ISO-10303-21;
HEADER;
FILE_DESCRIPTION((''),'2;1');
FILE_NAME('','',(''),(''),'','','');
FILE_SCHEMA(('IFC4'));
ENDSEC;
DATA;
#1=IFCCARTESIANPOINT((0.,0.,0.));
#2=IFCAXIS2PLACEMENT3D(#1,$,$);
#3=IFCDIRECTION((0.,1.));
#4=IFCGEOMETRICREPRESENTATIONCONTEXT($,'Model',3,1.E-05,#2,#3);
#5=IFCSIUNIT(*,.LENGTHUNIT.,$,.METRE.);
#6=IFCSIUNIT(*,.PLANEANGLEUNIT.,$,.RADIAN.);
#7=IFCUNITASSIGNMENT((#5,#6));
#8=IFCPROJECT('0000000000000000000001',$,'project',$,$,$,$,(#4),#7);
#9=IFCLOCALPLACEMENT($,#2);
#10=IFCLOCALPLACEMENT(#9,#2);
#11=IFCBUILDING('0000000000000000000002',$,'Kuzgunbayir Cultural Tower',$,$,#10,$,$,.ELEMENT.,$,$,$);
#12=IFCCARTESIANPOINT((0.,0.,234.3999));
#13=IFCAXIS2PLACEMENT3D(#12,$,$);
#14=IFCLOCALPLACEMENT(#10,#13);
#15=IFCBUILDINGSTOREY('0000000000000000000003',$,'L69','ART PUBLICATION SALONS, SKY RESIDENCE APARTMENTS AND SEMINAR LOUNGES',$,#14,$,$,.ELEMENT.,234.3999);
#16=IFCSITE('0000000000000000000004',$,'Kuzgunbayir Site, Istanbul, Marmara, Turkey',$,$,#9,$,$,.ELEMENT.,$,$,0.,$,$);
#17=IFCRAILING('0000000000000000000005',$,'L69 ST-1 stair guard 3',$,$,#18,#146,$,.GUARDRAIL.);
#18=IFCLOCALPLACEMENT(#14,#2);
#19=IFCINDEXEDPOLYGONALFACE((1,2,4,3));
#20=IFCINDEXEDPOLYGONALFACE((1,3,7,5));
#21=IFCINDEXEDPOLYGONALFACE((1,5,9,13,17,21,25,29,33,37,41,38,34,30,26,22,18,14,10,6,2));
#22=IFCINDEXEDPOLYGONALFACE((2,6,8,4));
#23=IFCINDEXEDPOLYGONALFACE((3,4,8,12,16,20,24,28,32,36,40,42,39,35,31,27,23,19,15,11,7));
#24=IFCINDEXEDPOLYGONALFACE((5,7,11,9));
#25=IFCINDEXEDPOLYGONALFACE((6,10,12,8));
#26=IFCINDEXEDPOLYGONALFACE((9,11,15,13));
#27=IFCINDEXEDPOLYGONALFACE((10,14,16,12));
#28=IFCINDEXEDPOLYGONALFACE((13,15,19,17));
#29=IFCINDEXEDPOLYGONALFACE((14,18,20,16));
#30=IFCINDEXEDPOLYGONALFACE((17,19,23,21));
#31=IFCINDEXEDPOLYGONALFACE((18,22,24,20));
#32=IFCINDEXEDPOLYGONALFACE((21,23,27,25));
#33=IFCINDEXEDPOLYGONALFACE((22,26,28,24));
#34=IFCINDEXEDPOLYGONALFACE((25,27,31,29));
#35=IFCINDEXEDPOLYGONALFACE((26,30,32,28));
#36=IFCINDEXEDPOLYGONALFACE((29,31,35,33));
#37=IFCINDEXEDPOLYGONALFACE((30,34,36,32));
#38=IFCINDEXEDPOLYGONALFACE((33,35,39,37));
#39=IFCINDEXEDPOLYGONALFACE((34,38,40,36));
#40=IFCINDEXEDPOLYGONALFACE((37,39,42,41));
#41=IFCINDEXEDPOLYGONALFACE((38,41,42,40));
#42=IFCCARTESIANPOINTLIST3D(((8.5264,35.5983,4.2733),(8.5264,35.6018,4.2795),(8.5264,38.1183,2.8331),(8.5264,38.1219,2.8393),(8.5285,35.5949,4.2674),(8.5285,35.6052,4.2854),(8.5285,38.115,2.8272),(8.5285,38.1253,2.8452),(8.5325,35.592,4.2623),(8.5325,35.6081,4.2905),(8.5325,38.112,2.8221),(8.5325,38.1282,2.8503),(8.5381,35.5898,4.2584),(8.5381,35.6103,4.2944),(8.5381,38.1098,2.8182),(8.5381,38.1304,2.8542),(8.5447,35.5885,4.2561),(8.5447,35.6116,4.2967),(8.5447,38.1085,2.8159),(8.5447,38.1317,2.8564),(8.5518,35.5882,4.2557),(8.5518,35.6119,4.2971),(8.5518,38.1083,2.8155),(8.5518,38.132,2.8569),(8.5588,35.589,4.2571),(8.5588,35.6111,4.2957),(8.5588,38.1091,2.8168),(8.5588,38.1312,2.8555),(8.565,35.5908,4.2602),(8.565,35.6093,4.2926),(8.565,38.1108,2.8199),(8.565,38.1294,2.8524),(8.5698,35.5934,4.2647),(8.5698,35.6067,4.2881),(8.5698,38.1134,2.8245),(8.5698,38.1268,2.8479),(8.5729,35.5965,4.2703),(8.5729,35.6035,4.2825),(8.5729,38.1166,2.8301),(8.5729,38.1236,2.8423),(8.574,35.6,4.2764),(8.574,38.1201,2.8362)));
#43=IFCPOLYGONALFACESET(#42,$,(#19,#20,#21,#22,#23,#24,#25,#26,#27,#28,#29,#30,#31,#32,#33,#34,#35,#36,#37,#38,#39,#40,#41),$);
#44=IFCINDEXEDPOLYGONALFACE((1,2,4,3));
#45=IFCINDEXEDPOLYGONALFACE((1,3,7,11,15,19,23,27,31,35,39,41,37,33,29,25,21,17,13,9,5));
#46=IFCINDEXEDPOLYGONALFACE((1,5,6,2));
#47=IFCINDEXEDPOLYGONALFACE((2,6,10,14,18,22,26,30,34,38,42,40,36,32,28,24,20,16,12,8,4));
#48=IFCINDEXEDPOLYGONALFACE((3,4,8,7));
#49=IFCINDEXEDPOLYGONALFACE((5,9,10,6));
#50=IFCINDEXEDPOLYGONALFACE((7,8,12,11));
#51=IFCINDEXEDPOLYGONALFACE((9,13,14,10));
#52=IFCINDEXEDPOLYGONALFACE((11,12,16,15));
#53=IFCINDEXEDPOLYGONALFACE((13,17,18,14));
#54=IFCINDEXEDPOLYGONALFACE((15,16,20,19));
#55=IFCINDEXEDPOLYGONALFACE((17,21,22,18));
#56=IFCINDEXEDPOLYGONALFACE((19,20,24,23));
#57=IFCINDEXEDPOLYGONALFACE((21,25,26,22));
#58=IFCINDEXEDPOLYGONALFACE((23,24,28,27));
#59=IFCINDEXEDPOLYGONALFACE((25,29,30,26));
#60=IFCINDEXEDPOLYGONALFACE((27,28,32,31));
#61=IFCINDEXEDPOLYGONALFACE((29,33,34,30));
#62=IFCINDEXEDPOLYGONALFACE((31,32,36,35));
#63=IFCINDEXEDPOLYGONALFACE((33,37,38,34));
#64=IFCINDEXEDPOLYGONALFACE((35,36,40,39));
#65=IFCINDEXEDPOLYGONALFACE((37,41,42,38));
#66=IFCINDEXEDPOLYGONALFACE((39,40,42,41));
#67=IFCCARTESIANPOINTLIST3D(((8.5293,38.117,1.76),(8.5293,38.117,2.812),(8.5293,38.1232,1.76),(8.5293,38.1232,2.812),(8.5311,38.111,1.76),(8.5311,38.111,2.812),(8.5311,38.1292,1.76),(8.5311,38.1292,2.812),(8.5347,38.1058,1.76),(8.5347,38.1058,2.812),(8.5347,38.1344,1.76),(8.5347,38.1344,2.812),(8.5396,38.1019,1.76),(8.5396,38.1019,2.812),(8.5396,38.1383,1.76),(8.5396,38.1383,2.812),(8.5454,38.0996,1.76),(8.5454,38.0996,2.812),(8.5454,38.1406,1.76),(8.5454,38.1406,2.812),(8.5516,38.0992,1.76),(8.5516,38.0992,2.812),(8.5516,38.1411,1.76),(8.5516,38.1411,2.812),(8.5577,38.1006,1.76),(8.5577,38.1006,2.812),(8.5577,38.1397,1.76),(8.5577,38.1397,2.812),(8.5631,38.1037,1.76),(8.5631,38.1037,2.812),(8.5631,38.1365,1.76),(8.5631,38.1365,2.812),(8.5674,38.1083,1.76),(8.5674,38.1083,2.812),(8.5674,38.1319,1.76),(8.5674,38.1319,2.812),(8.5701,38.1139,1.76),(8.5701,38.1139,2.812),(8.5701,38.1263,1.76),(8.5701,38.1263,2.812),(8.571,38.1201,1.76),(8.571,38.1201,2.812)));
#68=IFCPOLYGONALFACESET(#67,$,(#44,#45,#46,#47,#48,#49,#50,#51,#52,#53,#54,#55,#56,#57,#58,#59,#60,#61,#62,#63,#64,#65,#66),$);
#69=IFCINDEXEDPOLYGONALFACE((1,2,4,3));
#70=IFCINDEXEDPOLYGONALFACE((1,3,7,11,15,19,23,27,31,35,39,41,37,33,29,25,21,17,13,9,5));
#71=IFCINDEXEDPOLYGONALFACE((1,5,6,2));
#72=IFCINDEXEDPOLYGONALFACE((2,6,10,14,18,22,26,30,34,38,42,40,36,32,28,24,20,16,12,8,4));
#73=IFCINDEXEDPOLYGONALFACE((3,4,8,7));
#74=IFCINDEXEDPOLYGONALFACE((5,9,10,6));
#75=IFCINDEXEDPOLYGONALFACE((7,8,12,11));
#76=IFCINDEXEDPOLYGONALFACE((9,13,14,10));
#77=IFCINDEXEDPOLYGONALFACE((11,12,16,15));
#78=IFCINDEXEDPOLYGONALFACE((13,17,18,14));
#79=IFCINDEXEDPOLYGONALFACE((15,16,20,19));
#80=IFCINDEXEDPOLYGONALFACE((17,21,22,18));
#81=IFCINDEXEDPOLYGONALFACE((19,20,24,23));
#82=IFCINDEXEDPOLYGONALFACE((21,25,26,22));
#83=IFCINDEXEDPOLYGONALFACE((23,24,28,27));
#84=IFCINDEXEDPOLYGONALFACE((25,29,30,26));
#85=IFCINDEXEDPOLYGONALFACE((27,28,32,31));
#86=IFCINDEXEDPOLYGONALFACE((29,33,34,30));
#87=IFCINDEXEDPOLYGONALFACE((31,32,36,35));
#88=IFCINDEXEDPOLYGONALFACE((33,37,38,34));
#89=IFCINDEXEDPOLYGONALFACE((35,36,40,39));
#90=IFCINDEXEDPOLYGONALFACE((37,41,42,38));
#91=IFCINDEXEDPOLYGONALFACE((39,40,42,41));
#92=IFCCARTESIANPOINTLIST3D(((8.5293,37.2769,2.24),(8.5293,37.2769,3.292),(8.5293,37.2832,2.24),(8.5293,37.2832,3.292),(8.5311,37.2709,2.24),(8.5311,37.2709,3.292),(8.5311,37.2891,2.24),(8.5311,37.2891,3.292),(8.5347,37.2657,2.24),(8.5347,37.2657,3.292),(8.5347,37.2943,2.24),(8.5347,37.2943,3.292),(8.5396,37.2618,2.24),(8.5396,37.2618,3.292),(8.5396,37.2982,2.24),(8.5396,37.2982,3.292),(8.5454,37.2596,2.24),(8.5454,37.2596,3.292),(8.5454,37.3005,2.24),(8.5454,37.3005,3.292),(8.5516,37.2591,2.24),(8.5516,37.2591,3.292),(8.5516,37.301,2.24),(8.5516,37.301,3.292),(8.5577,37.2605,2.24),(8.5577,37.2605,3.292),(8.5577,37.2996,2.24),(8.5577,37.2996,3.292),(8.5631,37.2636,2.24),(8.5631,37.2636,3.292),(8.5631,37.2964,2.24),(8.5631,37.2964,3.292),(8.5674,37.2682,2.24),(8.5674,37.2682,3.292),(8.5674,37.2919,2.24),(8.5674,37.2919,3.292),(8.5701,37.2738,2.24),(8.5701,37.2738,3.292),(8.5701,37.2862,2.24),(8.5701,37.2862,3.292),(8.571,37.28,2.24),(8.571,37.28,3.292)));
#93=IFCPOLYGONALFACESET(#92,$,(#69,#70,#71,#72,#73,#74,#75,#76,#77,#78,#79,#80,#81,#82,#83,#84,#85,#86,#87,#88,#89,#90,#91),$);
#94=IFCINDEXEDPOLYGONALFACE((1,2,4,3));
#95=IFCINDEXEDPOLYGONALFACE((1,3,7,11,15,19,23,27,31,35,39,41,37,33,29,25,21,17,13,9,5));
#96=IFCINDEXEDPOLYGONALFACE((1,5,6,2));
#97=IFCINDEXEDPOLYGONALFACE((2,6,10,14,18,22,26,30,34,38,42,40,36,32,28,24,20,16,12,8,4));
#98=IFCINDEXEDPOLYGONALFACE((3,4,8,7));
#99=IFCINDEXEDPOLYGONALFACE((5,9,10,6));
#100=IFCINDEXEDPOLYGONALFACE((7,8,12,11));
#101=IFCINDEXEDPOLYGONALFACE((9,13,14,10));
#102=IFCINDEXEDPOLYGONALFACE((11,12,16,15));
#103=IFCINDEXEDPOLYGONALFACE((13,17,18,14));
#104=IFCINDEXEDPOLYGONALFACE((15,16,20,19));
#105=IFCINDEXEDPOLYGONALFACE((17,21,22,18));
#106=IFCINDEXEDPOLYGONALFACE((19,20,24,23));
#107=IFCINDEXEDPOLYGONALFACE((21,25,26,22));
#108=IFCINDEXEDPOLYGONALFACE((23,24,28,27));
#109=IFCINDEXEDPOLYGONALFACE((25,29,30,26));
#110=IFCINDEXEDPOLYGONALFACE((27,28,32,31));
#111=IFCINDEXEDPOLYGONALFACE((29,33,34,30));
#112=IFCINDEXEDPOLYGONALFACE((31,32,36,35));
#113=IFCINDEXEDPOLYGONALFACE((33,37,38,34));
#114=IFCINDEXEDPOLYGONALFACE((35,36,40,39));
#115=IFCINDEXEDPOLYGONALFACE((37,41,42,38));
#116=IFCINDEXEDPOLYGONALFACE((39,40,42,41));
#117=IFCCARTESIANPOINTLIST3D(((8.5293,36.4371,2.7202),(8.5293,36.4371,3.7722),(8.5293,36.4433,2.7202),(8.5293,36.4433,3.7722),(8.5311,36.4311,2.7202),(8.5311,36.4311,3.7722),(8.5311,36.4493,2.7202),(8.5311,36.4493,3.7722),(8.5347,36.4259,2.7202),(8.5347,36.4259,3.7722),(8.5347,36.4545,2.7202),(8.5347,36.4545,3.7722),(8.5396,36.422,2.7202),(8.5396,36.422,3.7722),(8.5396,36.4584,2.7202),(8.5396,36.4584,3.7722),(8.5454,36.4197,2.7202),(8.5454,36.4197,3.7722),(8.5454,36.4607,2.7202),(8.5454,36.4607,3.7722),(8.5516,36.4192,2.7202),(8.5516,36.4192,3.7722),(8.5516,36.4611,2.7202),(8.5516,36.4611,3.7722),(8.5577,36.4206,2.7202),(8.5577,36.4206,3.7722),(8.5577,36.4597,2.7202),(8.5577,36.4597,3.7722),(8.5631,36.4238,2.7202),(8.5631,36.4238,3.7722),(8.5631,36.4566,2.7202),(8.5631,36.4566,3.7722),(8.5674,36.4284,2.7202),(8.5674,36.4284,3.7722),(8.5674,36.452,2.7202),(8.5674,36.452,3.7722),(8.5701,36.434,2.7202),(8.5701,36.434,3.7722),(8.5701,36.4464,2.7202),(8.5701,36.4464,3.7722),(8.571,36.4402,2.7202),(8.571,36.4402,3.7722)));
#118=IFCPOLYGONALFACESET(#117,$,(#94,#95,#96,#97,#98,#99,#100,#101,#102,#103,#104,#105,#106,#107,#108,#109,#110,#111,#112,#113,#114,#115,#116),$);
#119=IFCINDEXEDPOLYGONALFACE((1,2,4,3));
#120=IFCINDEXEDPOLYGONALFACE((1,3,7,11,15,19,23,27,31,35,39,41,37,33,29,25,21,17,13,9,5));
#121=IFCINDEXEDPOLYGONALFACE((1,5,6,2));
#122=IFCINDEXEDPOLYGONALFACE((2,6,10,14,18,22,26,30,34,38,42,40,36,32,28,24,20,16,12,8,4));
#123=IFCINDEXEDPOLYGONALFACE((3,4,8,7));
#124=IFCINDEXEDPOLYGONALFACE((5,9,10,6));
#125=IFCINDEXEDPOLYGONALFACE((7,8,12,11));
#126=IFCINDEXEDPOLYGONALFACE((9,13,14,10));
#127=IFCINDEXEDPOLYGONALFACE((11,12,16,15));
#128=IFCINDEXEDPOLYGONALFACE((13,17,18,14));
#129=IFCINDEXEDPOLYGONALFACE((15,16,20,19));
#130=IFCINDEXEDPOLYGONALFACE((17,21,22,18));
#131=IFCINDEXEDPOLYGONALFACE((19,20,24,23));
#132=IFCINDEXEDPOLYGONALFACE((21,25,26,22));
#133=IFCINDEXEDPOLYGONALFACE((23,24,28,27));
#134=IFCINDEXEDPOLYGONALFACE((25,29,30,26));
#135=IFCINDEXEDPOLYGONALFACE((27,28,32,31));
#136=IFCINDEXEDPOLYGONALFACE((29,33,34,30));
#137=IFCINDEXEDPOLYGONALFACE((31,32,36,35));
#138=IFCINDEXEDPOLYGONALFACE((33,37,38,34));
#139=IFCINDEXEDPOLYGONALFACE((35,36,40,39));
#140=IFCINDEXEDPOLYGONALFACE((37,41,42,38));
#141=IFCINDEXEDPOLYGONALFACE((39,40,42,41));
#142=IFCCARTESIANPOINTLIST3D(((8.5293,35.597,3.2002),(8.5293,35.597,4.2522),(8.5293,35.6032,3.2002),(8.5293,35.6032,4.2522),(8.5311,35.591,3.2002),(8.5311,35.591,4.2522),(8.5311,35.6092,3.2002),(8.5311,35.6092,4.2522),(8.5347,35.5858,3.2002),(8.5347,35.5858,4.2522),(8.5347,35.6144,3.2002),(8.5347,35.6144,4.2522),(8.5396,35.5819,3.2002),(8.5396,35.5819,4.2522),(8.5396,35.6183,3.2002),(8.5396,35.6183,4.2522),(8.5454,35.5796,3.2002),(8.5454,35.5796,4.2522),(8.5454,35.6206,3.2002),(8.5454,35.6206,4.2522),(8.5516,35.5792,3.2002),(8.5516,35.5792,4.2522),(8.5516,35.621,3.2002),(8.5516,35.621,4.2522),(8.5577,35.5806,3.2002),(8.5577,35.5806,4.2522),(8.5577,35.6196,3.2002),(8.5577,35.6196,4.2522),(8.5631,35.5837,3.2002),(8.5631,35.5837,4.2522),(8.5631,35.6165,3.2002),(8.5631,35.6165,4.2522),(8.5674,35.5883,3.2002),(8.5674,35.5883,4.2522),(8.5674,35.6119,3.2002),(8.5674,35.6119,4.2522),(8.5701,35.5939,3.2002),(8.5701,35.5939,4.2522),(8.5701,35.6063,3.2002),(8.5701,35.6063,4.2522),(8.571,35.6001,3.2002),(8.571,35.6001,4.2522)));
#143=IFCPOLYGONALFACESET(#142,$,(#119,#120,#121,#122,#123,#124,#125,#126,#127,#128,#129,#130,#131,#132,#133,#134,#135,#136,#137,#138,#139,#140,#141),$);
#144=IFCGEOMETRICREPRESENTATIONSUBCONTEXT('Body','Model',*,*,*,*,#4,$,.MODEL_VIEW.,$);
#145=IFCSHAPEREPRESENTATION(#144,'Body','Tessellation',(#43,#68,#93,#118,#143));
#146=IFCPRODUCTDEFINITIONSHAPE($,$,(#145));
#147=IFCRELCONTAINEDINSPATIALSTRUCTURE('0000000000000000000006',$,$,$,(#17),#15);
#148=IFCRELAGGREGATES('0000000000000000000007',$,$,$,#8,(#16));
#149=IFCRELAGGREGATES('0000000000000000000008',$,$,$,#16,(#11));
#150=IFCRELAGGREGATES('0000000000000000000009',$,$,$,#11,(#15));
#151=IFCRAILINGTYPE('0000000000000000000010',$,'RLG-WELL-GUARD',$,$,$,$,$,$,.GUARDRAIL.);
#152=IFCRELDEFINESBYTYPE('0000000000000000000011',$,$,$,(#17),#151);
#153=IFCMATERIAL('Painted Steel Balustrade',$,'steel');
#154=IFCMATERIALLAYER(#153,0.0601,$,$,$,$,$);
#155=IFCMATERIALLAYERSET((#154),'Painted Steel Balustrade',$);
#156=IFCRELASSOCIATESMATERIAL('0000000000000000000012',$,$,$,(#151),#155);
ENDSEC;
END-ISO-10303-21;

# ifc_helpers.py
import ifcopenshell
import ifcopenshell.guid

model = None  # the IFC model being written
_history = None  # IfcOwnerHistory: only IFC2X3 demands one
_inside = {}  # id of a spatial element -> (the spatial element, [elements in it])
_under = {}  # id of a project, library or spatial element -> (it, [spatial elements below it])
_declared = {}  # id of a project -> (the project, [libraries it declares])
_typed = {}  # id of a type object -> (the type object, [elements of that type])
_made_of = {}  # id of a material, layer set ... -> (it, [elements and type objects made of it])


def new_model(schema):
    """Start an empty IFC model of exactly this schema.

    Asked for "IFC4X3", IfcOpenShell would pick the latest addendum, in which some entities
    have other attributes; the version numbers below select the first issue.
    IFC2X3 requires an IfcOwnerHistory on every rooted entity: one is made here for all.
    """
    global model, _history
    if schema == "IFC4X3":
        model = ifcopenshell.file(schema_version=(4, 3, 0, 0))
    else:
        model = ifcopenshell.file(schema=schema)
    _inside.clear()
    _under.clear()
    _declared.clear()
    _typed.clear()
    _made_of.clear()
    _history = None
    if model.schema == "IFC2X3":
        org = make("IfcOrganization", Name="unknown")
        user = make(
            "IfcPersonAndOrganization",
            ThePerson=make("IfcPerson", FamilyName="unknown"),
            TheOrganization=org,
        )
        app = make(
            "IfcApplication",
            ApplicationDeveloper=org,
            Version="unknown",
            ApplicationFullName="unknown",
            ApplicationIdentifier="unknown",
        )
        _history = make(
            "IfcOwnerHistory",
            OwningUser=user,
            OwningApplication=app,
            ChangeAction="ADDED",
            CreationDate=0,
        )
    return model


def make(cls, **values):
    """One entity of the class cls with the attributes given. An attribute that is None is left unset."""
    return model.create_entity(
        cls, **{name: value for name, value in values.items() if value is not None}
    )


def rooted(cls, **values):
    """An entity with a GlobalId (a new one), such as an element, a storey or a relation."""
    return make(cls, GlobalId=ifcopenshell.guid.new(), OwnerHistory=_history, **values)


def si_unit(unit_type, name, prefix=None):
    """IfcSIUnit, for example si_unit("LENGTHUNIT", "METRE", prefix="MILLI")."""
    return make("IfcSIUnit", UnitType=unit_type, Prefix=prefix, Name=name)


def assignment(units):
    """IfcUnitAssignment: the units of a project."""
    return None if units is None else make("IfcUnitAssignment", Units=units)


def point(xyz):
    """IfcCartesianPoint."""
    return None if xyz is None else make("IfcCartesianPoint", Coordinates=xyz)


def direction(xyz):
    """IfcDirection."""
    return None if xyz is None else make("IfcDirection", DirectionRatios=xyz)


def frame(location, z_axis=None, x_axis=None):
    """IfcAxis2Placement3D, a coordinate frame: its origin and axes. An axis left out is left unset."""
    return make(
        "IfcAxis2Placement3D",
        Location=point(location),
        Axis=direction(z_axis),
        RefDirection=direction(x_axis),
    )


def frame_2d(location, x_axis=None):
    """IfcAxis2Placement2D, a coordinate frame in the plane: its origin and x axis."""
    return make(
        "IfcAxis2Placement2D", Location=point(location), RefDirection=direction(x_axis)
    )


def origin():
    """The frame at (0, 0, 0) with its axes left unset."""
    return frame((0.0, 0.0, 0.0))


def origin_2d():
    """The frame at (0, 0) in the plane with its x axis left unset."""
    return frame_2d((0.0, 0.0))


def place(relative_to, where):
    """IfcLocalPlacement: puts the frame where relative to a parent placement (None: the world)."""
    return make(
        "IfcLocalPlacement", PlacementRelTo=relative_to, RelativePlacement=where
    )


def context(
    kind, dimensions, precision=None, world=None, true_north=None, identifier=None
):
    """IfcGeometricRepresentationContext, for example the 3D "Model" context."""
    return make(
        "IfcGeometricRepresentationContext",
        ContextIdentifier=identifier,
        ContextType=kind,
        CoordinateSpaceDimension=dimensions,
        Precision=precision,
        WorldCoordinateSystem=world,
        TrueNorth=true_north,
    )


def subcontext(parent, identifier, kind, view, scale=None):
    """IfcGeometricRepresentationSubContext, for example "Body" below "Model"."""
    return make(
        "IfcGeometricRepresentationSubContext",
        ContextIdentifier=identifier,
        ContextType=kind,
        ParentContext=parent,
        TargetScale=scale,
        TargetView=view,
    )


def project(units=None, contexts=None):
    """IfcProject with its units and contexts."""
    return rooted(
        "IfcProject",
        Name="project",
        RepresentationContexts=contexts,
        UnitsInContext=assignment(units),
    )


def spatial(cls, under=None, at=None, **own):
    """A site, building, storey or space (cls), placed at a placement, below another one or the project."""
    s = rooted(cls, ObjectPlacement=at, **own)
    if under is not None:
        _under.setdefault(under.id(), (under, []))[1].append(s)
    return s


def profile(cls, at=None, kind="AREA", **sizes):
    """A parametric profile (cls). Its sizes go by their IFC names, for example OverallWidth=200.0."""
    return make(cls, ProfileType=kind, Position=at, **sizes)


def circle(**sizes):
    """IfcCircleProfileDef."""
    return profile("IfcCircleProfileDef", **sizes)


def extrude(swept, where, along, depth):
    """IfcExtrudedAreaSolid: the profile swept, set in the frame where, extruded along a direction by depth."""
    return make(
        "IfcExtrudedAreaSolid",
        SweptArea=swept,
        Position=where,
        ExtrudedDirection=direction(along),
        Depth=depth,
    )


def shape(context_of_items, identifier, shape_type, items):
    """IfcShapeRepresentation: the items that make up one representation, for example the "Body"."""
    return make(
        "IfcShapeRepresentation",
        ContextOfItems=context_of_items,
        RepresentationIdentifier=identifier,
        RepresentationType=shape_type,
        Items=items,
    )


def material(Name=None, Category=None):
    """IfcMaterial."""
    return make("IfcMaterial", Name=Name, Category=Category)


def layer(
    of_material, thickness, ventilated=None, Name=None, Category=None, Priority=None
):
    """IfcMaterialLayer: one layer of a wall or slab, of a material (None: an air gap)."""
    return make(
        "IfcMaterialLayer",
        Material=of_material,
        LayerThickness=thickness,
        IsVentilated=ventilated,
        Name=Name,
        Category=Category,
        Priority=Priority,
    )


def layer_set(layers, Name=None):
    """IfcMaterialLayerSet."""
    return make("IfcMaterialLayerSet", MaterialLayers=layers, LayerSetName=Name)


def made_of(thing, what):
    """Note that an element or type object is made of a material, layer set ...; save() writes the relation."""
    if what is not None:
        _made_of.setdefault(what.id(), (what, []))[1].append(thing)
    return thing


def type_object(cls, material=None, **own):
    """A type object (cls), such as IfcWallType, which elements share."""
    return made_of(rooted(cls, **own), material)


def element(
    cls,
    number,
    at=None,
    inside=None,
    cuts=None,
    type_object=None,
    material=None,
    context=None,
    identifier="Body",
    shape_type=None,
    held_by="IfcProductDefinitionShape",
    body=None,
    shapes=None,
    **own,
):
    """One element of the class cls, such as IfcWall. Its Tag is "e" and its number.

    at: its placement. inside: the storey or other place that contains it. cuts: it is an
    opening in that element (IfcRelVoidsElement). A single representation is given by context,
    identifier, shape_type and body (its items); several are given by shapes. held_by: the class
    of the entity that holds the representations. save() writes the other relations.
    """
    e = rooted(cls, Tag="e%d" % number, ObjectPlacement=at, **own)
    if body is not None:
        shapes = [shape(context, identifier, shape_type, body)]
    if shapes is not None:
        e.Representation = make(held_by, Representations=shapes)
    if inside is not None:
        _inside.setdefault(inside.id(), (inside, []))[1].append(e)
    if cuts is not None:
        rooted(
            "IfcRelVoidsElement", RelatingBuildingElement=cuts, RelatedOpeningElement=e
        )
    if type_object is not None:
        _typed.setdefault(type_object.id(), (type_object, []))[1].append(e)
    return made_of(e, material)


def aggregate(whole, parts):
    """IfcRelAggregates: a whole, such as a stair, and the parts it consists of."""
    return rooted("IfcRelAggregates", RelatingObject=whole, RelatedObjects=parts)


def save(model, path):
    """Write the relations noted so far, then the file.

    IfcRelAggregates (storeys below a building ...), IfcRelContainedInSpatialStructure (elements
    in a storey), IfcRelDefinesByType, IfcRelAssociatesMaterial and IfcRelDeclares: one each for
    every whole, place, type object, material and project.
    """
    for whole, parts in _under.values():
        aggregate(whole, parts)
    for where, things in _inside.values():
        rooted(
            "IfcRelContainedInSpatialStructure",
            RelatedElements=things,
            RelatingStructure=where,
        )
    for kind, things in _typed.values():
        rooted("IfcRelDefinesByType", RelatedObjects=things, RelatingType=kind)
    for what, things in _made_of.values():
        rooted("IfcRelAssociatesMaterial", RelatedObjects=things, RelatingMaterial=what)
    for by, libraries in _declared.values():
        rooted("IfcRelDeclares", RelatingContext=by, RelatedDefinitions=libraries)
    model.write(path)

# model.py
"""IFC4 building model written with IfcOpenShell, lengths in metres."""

from ifc_helpers import new_model, si_unit, direction, frame, origin, origin_2d, place, context, subcontext, project, spatial, circle, extrude, material, layer, layer_set, type_object, element, save


model = new_model("IFC4")

# Units and contexts
model_context = context("Model", 3, precision=1e-05, world=origin(), true_north=direction((0.0, 1.0)))
body_context = subcontext(model_context, "Body", "Model", "MODEL_VIEW")
ifc_project = project(units=[si_unit("LENGTHUNIT", "METRE"), si_unit("PLANEANGLEUNIT", "RADIAN")], contexts=[model_context])

# Site, building, storey
site_placement = place(None, origin())
site = spatial("IfcSite", under=ifc_project, at=site_placement, Name="Kuzgunbayir Site, Istanbul, Marmara, Turkey", CompositionType="ELEMENT", RefElevation=0.0)
building_placement = place(site_placement, origin())
building = spatial("IfcBuilding", under=site, at=building_placement, Name="Kuzgunbayir Cultural Tower", CompositionType="ELEMENT")
storey_placement = place(building_placement, frame((0.0, 0.0, 234.3999)))
storey = spatial("IfcBuildingStorey", under=building, at=storey_placement, Name="L69", Description="ART PUBLICATION SALONS, SKY RESIDENCE APARTMENTS AND SEMINAR LOUNGES", CompositionType="ELEMENT", Elevation=234.3999)

# Railing
ifc_material_1 = material(Name="Painted Steel Balustrade", Category="steel")
ifc_layer_1 = layer(ifc_material_1, 0.0601)
ifc_layer_set_1 = layer_set([ifc_layer_1], Name="Painted Steel Balustrade")
railing_type_1 = type_object("IfcRailingType", Name="RLG-WELL-GUARD", PredefinedType="GUARDRAIL", material=ifc_layer_set_1)
railing_1_placement = place(storey_placement, frame((8.55, 38.1201, 1.76)))
element("IfcRailing", 1, at=railing_1_placement, inside=storey, type_object=railing_type_1, Name="L69 ST-1 stair guard 3", PredefinedType="GUARDRAIL", context=body_context, shape_type="SweptSolid", body=[
    extrude(circle(Radius=0.0239, at=origin_2d()), frame((0.0, 0.0, 1.0762), z_axis=(0.0, -0.868217, 0.496184), x_axis=(1.0, 0.0, 0.0)), (0.0, 0.0, 1.0), 2.9026),
    extrude(circle(Radius=0.021, at=origin_2d()), origin(), (0.0, 0.0, 1.0), 1.052),
    extrude(circle(Radius=0.021, at=origin_2d()), frame((0.0, -0.8401, 0.48)), (0.0, 0.0, 1.0), 1.052),
    extrude(circle(Radius=0.021, at=origin_2d()), frame((0.0, -1.6799, 0.9602)), (0.0, 0.0, 1.0), 1.052),
    extrude(circle(Radius=0.021, at=origin_2d()), frame((0.0, -2.52, 1.4402)), (0.0, 0.0, 1.0), 1.052),
])

save(model, "model.ifc")
